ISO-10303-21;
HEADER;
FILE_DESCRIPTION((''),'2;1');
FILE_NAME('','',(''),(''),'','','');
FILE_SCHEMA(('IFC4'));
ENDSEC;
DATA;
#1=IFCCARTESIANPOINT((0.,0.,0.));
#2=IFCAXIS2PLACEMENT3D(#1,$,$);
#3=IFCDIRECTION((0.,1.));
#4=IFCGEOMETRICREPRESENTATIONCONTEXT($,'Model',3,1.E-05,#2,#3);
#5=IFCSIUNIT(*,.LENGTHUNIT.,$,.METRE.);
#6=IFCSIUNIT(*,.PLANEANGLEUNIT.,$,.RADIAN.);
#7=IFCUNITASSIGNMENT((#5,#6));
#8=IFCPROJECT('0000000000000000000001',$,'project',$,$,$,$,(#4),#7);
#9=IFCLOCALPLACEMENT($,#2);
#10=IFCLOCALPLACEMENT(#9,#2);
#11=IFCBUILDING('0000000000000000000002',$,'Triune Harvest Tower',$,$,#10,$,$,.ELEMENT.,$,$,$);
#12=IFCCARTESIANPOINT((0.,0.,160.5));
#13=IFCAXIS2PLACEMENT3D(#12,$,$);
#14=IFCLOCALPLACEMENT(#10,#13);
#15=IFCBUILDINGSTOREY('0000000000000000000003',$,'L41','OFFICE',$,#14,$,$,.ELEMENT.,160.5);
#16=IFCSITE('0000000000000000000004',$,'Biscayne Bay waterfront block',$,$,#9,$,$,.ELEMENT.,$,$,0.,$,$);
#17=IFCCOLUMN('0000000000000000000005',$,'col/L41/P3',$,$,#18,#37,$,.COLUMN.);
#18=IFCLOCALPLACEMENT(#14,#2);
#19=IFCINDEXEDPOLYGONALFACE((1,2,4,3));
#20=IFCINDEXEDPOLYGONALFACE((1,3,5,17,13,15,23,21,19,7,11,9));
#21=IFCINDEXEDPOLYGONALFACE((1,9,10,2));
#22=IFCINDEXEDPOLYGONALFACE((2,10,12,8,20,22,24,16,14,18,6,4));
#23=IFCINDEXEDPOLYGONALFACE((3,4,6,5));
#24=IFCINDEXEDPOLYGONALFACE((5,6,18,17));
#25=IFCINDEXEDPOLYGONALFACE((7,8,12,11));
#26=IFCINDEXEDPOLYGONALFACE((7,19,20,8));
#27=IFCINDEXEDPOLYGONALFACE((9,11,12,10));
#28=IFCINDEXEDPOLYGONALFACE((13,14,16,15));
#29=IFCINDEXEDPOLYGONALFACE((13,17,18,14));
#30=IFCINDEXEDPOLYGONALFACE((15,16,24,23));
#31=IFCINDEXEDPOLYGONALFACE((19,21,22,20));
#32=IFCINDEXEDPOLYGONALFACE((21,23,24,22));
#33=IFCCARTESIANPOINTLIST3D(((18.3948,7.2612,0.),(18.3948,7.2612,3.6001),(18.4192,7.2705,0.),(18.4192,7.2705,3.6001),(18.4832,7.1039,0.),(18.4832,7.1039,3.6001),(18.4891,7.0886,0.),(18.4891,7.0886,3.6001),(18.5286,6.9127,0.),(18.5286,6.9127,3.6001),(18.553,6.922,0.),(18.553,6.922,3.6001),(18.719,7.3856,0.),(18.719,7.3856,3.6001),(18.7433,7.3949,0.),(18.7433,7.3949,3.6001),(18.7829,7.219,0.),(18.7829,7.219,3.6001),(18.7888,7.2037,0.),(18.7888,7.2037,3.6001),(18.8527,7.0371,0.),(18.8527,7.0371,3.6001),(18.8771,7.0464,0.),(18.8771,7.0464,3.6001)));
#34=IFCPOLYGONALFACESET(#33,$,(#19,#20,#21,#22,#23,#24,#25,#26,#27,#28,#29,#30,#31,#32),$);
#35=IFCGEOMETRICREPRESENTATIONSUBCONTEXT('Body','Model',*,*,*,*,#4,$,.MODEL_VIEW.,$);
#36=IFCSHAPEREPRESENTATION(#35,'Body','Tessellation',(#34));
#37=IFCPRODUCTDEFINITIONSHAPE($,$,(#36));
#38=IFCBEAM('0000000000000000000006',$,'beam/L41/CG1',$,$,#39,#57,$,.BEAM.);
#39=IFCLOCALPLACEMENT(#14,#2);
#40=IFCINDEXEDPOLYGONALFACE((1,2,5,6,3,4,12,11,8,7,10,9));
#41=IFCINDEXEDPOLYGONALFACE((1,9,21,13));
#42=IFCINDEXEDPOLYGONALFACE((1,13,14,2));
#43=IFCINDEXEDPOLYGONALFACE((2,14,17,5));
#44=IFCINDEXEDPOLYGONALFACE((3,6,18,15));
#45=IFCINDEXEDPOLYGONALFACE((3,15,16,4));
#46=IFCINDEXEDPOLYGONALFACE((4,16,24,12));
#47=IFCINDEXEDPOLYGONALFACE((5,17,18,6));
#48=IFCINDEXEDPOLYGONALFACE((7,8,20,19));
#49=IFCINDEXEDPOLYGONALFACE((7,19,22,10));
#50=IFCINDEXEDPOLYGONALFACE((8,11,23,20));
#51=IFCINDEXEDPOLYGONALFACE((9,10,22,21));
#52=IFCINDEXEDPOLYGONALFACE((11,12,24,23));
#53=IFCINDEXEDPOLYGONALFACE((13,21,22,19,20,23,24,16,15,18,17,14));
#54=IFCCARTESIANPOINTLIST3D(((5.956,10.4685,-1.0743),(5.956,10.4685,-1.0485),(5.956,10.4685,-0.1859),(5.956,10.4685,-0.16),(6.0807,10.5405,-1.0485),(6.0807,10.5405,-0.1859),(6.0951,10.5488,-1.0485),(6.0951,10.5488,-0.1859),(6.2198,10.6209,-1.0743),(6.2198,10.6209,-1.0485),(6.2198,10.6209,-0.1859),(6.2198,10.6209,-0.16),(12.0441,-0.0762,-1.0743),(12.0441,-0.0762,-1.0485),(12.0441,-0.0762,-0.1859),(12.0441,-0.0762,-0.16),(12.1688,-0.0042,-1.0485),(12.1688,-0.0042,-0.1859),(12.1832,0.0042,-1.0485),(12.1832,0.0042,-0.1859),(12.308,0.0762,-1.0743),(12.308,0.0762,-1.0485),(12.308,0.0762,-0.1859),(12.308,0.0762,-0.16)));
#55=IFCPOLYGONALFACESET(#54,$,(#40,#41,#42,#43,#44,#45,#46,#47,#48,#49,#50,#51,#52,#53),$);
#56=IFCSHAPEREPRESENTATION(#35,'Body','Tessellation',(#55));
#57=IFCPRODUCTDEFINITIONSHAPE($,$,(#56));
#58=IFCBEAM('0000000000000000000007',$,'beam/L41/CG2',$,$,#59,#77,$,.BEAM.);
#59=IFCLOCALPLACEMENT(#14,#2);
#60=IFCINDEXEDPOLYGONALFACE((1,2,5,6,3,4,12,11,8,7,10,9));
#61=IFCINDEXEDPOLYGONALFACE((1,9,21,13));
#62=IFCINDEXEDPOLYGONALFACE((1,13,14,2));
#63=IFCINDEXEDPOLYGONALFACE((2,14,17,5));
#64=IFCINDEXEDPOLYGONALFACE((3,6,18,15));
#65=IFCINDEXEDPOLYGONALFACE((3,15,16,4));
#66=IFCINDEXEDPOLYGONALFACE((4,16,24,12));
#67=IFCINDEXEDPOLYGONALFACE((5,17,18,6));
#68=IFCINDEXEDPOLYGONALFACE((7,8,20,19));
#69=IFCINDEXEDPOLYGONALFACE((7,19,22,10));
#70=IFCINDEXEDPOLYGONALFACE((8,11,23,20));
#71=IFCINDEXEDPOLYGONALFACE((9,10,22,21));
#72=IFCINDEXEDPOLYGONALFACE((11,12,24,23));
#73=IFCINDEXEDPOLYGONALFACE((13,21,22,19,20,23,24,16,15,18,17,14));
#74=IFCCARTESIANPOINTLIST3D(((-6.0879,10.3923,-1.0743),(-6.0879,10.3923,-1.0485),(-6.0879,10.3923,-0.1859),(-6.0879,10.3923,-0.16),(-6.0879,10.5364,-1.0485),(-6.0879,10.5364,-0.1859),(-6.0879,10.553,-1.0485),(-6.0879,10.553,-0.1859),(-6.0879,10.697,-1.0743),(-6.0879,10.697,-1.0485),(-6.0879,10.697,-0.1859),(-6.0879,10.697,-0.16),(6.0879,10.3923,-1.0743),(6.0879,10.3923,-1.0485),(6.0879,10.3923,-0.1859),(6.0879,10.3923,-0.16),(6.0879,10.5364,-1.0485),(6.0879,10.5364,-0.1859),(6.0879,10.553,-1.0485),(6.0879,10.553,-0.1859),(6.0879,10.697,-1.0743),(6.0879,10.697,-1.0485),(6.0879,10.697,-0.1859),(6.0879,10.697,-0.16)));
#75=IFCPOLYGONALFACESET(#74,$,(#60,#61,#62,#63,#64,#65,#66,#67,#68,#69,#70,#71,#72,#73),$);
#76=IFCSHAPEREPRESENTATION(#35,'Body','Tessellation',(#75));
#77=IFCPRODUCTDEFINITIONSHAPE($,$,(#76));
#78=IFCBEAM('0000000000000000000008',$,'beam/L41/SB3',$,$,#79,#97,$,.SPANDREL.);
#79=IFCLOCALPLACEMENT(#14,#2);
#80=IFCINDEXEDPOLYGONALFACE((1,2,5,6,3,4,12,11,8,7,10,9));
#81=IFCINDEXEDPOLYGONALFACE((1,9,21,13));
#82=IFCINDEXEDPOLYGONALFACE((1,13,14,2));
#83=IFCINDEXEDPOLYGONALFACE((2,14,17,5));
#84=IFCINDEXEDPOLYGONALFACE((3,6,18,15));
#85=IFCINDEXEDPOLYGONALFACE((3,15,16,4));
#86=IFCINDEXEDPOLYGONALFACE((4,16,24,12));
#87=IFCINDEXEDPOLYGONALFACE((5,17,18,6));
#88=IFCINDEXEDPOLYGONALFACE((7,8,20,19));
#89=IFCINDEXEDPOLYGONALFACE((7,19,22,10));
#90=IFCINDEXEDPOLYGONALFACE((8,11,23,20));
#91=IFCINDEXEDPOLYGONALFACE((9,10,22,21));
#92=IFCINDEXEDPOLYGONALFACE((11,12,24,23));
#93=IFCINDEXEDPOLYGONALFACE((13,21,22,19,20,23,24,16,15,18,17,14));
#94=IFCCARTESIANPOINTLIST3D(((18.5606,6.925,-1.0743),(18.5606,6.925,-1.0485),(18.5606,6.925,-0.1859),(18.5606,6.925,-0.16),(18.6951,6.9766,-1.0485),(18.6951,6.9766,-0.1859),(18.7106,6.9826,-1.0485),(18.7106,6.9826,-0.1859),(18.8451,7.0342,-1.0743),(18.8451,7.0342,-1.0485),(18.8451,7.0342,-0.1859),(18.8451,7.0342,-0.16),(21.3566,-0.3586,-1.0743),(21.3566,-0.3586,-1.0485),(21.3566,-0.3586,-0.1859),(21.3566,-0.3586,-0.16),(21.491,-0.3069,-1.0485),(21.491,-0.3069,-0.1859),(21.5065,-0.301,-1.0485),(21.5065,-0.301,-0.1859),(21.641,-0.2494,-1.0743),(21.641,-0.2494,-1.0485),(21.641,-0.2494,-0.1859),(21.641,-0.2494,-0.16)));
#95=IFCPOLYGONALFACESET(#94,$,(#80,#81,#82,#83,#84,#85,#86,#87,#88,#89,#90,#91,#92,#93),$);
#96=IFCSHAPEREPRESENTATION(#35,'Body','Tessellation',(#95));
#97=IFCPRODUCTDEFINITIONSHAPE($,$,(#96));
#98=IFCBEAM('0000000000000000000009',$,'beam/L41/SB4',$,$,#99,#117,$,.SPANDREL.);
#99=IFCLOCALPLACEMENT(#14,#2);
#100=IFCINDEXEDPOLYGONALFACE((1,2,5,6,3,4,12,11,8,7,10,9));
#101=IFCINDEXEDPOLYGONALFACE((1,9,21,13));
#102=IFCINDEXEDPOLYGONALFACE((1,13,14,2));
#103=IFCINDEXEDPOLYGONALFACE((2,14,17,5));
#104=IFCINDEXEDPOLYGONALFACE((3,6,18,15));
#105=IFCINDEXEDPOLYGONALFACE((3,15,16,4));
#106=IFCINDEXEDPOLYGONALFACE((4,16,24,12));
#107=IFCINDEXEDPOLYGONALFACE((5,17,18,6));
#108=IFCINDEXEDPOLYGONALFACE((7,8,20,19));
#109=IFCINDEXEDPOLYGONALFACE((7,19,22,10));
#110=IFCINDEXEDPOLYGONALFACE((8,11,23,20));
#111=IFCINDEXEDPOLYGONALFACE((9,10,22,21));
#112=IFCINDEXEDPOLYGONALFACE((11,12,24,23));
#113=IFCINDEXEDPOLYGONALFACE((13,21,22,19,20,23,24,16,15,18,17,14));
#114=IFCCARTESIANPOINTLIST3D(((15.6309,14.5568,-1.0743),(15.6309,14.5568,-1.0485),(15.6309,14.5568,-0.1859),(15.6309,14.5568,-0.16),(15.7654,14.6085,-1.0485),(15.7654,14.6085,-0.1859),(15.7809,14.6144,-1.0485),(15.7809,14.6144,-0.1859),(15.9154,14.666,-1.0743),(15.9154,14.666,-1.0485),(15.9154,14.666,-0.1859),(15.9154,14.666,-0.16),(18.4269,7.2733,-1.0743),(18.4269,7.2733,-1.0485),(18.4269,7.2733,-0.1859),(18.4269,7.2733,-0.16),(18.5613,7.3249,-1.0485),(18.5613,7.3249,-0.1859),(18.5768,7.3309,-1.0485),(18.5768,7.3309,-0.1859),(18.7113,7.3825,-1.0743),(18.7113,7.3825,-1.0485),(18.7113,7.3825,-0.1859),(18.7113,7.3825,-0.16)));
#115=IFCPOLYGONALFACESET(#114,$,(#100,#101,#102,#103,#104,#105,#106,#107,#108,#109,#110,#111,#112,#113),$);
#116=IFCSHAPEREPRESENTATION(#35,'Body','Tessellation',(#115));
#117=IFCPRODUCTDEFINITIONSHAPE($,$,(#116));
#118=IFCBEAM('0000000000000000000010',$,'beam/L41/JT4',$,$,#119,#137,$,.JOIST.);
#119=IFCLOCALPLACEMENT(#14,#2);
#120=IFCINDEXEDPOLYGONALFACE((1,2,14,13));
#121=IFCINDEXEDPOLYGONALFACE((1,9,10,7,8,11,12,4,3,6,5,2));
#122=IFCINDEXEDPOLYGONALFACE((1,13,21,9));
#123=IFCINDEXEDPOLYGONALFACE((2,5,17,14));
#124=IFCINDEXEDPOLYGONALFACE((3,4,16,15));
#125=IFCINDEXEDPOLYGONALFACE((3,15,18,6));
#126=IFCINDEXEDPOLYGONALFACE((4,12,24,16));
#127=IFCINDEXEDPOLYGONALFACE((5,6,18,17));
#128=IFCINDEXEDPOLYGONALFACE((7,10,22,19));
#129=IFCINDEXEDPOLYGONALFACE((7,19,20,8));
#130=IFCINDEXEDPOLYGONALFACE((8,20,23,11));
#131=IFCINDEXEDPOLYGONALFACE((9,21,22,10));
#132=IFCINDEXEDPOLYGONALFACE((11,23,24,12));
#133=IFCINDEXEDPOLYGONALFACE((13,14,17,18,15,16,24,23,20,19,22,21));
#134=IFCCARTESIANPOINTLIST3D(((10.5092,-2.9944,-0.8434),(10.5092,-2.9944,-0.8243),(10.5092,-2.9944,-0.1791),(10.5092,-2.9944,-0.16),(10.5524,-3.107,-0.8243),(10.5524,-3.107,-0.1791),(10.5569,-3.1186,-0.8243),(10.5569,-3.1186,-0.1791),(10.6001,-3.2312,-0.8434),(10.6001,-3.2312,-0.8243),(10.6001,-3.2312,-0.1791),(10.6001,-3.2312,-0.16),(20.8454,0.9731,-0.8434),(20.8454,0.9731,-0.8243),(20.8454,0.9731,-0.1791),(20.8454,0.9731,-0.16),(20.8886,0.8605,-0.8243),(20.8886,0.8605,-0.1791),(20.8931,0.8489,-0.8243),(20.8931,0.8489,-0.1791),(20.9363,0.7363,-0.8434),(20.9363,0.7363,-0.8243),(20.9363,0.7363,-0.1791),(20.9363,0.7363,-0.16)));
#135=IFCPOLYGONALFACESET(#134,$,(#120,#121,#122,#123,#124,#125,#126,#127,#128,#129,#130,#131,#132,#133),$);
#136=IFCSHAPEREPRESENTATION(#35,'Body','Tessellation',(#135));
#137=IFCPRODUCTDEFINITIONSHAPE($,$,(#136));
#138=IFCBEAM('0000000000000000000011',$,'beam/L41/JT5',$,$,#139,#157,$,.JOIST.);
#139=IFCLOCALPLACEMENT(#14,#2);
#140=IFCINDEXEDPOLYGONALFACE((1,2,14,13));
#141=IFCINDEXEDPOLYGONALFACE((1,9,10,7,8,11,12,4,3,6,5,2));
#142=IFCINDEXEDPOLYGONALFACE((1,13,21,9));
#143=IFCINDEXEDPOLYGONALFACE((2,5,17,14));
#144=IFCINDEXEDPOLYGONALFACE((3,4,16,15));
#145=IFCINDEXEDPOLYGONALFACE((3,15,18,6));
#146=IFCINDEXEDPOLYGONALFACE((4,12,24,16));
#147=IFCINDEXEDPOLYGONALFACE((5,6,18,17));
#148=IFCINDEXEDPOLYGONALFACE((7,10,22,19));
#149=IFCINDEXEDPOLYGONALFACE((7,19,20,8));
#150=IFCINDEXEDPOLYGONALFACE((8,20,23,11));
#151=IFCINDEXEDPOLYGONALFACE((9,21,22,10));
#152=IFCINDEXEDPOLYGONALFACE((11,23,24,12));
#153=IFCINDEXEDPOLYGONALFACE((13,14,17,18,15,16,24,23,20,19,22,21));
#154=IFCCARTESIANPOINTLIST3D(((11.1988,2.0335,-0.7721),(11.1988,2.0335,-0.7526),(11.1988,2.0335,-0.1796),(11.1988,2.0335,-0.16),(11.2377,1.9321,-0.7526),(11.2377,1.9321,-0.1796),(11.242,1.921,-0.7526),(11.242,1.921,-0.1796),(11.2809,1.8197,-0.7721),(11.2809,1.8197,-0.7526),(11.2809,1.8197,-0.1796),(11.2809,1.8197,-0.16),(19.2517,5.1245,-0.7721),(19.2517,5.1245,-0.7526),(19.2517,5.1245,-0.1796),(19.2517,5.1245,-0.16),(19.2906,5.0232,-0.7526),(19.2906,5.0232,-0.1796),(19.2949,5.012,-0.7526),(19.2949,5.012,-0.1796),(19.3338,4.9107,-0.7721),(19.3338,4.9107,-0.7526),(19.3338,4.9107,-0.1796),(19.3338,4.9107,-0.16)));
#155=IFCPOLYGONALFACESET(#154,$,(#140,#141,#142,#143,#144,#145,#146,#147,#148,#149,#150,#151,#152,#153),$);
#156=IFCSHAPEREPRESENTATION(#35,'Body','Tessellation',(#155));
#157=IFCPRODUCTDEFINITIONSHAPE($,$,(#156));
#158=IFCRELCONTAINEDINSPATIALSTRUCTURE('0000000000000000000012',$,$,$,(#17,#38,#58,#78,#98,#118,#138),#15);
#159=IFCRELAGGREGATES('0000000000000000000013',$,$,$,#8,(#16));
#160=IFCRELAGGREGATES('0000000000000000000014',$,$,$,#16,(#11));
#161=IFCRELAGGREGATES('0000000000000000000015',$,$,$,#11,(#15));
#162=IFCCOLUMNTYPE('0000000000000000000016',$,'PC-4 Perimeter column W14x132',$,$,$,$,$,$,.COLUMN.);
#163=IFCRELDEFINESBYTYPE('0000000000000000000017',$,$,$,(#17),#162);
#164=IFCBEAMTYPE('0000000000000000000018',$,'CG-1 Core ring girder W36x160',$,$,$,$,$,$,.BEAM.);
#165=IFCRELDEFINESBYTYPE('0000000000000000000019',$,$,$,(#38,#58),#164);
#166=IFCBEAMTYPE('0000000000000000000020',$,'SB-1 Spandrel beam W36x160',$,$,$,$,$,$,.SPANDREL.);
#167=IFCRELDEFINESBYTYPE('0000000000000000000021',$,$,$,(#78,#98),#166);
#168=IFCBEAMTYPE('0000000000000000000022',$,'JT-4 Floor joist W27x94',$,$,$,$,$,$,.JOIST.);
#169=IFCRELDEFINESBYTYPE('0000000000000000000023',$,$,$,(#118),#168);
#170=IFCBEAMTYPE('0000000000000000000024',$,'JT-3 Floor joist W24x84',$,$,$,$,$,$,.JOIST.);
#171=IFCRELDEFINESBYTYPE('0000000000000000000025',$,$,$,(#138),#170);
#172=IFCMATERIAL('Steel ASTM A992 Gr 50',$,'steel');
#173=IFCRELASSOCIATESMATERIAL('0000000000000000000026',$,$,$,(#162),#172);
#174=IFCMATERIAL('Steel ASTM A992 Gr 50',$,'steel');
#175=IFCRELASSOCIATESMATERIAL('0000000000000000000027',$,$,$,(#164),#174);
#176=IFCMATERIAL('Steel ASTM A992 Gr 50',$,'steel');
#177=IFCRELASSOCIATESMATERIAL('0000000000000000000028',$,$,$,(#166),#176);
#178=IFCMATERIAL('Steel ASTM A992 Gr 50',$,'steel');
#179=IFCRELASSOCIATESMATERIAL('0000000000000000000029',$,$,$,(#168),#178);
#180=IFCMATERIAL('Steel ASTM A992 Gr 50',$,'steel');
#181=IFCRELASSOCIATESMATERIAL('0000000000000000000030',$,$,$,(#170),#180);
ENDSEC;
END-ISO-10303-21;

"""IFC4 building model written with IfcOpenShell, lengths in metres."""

from ifc_helpers import new_model, si_unit, direction, frame, origin, origin_2d, place, context, subcontext, project, spatial, i_section, extrude, source, transform, mapped, material, material_profile, profile_set, type_object, element, save


model = new_model("IFC4")

# Units and contexts
model_context = context("Model", 3, precision=1e-05, world=origin(), true_north=direction((0.0, 1.0)))
body_context = subcontext(model_context, "Body", "Model", "MODEL_VIEW")
ifc_project = project(units=[si_unit("LENGTHUNIT", "METRE"), si_unit("PLANEANGLEUNIT", "RADIAN")], contexts=[model_context])

# Site, building, storey
site_placement = place(None, origin())
site = spatial("IfcSite", under=ifc_project, at=site_placement, Name="Biscayne Bay waterfront block", CompositionType="ELEMENT", RefElevation=0.0)
building_placement = place(site_placement, origin())
building = spatial("IfcBuilding", under=site, at=building_placement, Name="Triune Harvest Tower", CompositionType="ELEMENT")
storey_placement = place(building_placement, frame((0.0, 0.0, 160.5)))
storey = spatial("IfcBuildingStorey", under=building, at=storey_placement, Name="L41", Description="OFFICE", CompositionType="ELEMENT", Elevation=160.5)

# Column
ifc_material_1 = material(Name="Steel ASTM A992 Gr 50", Category="steel")
ifc_material_profile_1 = material_profile(ifc_material_1, i_section(OverallWidth=0.3733, OverallDepth=0.3733, WebThickness=0.0164, FlangeThickness=0.0261, at=origin_2d()), Name="W14x132")
ifc_profile_set_1 = profile_set([ifc_material_profile_1], Name="Steel ASTM A992 Gr 50")
column_type = type_object("IfcColumnType", Name="PC-4 Perimeter column W14x132", PredefinedType="COLUMN", material=ifc_profile_set_1)
shared_shape_1 = source(origin(), body_context, "Body", "SweptSolid", [
    extrude(i_section(OverallWidth=0.3733, OverallDepth=0.3733, WebThickness=0.0164, FlangeThickness=0.0261, at=origin_2d()), origin(), (0.0, 0.0, 1.0), 3.6001),
])
column_placement = place(storey_placement, frame((18.636, 7.1538, 0.0), z_axis=(0.0, 0.0, 1.0), x_axis=(-0.358368, 0.93358, 0.0)))
element("IfcColumn", 1, at=column_placement, inside=storey, type_object=column_type, Name="col/L41/P3", PredefinedType="COLUMN", context=body_context, shape_type="MappedRepresentation", body=[
    mapped(shared_shape_1, transform((0.0, 0.0, 0.0), scale=1.0)),
])

# Beams
ifc_material_2 = material(Name="Steel ASTM A992 Gr 50", Category="steel")
ifc_material_profile_2 = material_profile(ifc_material_2, i_section(OverallWidth=0.3047, OverallDepth=0.9143, WebThickness=0.0166, FlangeThickness=0.0259, at=origin_2d()), Name="W36x160")
ifc_profile_set_2 = profile_set([ifc_material_profile_2], Name="Steel ASTM A992 Gr 50")
beam_type_1 = type_object("IfcBeamType", Name="CG-1 Core ring girder W36x160", PredefinedType="BEAM", material=ifc_profile_set_2)
shared_shape_2 = source(origin(), body_context, "Body", "SweptSolid", [
    extrude(i_section(OverallWidth=0.3047, OverallDepth=0.9143, WebThickness=0.0166, FlangeThickness=0.0259, at=origin_2d()), origin(), (0.0, 0.0, 1.0), 12.176),
])
beam_1_placement = place(storey_placement, frame((12.176, 0.0, -0.6172), z_axis=(-0.50001, 0.86602, 0.0), x_axis=(-0.86602, -0.50001, 0.0)))
element("IfcBeam", 2, at=beam_1_placement, inside=storey, type_object=beam_type_1, Name="beam/L41/CG1", PredefinedType="BEAM", context=body_context, shape_type="MappedRepresentation", body=[
    mapped(shared_shape_2, transform((0.0, 0.0, 0.0), scale=1.0)),
])
shared_shape_3 = source(origin(), body_context, "Body", "SweptSolid", [
    extrude(i_section(OverallWidth=0.3047, OverallDepth=0.9143, WebThickness=0.0166, FlangeThickness=0.0259, at=origin_2d()), origin(), (0.0, 0.0, 1.0), 12.1758),
])
beam_2_placement = place(storey_placement, frame((6.0879, 10.5447, -0.6172), z_axis=(-1.0, 0.0, 0.0), x_axis=(0.0, -1.0, 0.0)))
element("IfcBeam", 3, at=beam_2_placement, inside=storey, type_object=beam_type_1, Name="beam/L41/CG2", PredefinedType="BEAM", context=body_context, shape_type="MappedRepresentation", body=[
    mapped(shared_shape_3, transform((0.0, 0.0, 0.0), scale=1.0)),
])
ifc_material_3 = material(Name="Steel ASTM A992 Gr 50", Category="steel")
ifc_material_profile_3 = material_profile(ifc_material_3, i_section(OverallWidth=0.3047, OverallDepth=0.9143, WebThickness=0.0166, FlangeThickness=0.0259, at=origin_2d()), Name="W36x160")
ifc_profile_set_3 = profile_set([ifc_material_profile_3], Name="Steel ASTM A992 Gr 50")
beam_type_2 = type_object("IfcBeamType", Name="SB-1 Spandrel beam W36x160", PredefinedType="SPANDREL", material=ifc_profile_set_3)
shared_shape_4 = source(origin(), body_context, "Body", "SweptSolid", [
    extrude(i_section(OverallWidth=0.3047, OverallDepth=0.9143, WebThickness=0.0166, FlangeThickness=0.0259, at=origin_2d()), origin(), (0.0, 0.0, 1.0), 7.8018),
])
for number, where, z_axis, x_axis, name in (
    (4, (21.4988, -0.304, -0.6172), (-0.358373, 0.933578, 0.0), (-0.933578, -0.358373, 0.0), "beam/L41/SB3"),
    (5, (18.5691, 7.3279, -0.6172), (-0.358373, 0.933578, 0.0), (-0.933578, -0.358373, 0.0), "beam/L41/SB4"),
):
    element("IfcBeam", number, at=place(storey_placement, frame(where, z_axis=z_axis, x_axis=x_axis)), inside=storey, type_object=beam_type_2, Name=name, PredefinedType="SPANDREL", context=body_context, shape_type="MappedRepresentation", body=[
        mapped(shared_shape_4, transform((0.0, 0.0, 0.0), scale=1.0)),
    ])
ifc_material_4 = material(Name="Steel ASTM A992 Gr 50", Category="steel")
ifc_material_profile_4 = material_profile(ifc_material_4, i_section(OverallWidth=0.2537, OverallDepth=0.6833, WebThickness=0.0125, FlangeThickness=0.019, at=origin_2d()), Name="W27x94")
ifc_profile_set_4 = profile_set([ifc_material_profile_4], Name="Steel ASTM A992 Gr 50")
beam_type_3 = type_object("IfcBeamType", Name="JT-4 Floor joist W27x94", PredefinedType="JOIST", material=ifc_profile_set_4)
shared_shape_5 = source(origin(), body_context, "Body", "SweptSolid", [
    extrude(i_section(OverallWidth=0.2537, OverallDepth=0.6833, WebThickness=0.0125, FlangeThickness=0.019, at=origin_2d()), origin(), (0.0, 0.0, 1.0), 11.0715),
])
beam_3_placement = place(storey_placement, frame((20.8909, 0.8547, -0.5017), z_axis=(-0.933585, -0.358355, 0.0), x_axis=(0.358355, -0.933585, 0.0)))
element("IfcBeam", 6, at=beam_3_placement, inside=storey, type_object=beam_type_3, Name="beam/L41/JT4", PredefinedType="JOIST", context=body_context, shape_type="MappedRepresentation", body=[
    mapped(shared_shape_5, transform((0.0, 0.0, 0.0), scale=1.0)),
])
ifc_material_5 = material(Name="Steel ASTM A992 Gr 50", Category="steel")
ifc_material_profile_5 = material_profile(ifc_material_5, i_section(OverallWidth=0.229, OverallDepth=0.6121, WebThickness=0.012, FlangeThickness=0.0195, at=origin_2d()), Name="W24x84")
ifc_profile_set_5 = profile_set([ifc_material_profile_5], Name="Steel ASTM A992 Gr 50")
beam_type_4 = type_object("IfcBeamType", Name="JT-3 Floor joist W24x84", PredefinedType="JOIST", material=ifc_profile_set_5)
shared_shape_6 = source(origin(), body_context, "Body", "SweptSolid", [
    extrude(i_section(OverallWidth=0.229, OverallDepth=0.6121, WebThickness=0.012, FlangeThickness=0.0195, at=origin_2d()), origin(), (0.0, 0.0, 1.0), 8.6257),
])
beam_4_placement = place(storey_placement, frame((19.2927, 5.0176, -0.4661), z_axis=(-0.933588, -0.358349, 0.0), x_axis=(0.358349, -0.933588, 0.0)))
element("IfcBeam", 7, at=beam_4_placement, inside=storey, type_object=beam_type_4, Name="beam/L41/JT5", PredefinedType="JOIST", context=body_context, shape_type="MappedRepresentation", body=[
    mapped(shared_shape_6, transform((0.0, 0.0, 0.0), scale=1.0)),
])

save(model, "model.ifc")
